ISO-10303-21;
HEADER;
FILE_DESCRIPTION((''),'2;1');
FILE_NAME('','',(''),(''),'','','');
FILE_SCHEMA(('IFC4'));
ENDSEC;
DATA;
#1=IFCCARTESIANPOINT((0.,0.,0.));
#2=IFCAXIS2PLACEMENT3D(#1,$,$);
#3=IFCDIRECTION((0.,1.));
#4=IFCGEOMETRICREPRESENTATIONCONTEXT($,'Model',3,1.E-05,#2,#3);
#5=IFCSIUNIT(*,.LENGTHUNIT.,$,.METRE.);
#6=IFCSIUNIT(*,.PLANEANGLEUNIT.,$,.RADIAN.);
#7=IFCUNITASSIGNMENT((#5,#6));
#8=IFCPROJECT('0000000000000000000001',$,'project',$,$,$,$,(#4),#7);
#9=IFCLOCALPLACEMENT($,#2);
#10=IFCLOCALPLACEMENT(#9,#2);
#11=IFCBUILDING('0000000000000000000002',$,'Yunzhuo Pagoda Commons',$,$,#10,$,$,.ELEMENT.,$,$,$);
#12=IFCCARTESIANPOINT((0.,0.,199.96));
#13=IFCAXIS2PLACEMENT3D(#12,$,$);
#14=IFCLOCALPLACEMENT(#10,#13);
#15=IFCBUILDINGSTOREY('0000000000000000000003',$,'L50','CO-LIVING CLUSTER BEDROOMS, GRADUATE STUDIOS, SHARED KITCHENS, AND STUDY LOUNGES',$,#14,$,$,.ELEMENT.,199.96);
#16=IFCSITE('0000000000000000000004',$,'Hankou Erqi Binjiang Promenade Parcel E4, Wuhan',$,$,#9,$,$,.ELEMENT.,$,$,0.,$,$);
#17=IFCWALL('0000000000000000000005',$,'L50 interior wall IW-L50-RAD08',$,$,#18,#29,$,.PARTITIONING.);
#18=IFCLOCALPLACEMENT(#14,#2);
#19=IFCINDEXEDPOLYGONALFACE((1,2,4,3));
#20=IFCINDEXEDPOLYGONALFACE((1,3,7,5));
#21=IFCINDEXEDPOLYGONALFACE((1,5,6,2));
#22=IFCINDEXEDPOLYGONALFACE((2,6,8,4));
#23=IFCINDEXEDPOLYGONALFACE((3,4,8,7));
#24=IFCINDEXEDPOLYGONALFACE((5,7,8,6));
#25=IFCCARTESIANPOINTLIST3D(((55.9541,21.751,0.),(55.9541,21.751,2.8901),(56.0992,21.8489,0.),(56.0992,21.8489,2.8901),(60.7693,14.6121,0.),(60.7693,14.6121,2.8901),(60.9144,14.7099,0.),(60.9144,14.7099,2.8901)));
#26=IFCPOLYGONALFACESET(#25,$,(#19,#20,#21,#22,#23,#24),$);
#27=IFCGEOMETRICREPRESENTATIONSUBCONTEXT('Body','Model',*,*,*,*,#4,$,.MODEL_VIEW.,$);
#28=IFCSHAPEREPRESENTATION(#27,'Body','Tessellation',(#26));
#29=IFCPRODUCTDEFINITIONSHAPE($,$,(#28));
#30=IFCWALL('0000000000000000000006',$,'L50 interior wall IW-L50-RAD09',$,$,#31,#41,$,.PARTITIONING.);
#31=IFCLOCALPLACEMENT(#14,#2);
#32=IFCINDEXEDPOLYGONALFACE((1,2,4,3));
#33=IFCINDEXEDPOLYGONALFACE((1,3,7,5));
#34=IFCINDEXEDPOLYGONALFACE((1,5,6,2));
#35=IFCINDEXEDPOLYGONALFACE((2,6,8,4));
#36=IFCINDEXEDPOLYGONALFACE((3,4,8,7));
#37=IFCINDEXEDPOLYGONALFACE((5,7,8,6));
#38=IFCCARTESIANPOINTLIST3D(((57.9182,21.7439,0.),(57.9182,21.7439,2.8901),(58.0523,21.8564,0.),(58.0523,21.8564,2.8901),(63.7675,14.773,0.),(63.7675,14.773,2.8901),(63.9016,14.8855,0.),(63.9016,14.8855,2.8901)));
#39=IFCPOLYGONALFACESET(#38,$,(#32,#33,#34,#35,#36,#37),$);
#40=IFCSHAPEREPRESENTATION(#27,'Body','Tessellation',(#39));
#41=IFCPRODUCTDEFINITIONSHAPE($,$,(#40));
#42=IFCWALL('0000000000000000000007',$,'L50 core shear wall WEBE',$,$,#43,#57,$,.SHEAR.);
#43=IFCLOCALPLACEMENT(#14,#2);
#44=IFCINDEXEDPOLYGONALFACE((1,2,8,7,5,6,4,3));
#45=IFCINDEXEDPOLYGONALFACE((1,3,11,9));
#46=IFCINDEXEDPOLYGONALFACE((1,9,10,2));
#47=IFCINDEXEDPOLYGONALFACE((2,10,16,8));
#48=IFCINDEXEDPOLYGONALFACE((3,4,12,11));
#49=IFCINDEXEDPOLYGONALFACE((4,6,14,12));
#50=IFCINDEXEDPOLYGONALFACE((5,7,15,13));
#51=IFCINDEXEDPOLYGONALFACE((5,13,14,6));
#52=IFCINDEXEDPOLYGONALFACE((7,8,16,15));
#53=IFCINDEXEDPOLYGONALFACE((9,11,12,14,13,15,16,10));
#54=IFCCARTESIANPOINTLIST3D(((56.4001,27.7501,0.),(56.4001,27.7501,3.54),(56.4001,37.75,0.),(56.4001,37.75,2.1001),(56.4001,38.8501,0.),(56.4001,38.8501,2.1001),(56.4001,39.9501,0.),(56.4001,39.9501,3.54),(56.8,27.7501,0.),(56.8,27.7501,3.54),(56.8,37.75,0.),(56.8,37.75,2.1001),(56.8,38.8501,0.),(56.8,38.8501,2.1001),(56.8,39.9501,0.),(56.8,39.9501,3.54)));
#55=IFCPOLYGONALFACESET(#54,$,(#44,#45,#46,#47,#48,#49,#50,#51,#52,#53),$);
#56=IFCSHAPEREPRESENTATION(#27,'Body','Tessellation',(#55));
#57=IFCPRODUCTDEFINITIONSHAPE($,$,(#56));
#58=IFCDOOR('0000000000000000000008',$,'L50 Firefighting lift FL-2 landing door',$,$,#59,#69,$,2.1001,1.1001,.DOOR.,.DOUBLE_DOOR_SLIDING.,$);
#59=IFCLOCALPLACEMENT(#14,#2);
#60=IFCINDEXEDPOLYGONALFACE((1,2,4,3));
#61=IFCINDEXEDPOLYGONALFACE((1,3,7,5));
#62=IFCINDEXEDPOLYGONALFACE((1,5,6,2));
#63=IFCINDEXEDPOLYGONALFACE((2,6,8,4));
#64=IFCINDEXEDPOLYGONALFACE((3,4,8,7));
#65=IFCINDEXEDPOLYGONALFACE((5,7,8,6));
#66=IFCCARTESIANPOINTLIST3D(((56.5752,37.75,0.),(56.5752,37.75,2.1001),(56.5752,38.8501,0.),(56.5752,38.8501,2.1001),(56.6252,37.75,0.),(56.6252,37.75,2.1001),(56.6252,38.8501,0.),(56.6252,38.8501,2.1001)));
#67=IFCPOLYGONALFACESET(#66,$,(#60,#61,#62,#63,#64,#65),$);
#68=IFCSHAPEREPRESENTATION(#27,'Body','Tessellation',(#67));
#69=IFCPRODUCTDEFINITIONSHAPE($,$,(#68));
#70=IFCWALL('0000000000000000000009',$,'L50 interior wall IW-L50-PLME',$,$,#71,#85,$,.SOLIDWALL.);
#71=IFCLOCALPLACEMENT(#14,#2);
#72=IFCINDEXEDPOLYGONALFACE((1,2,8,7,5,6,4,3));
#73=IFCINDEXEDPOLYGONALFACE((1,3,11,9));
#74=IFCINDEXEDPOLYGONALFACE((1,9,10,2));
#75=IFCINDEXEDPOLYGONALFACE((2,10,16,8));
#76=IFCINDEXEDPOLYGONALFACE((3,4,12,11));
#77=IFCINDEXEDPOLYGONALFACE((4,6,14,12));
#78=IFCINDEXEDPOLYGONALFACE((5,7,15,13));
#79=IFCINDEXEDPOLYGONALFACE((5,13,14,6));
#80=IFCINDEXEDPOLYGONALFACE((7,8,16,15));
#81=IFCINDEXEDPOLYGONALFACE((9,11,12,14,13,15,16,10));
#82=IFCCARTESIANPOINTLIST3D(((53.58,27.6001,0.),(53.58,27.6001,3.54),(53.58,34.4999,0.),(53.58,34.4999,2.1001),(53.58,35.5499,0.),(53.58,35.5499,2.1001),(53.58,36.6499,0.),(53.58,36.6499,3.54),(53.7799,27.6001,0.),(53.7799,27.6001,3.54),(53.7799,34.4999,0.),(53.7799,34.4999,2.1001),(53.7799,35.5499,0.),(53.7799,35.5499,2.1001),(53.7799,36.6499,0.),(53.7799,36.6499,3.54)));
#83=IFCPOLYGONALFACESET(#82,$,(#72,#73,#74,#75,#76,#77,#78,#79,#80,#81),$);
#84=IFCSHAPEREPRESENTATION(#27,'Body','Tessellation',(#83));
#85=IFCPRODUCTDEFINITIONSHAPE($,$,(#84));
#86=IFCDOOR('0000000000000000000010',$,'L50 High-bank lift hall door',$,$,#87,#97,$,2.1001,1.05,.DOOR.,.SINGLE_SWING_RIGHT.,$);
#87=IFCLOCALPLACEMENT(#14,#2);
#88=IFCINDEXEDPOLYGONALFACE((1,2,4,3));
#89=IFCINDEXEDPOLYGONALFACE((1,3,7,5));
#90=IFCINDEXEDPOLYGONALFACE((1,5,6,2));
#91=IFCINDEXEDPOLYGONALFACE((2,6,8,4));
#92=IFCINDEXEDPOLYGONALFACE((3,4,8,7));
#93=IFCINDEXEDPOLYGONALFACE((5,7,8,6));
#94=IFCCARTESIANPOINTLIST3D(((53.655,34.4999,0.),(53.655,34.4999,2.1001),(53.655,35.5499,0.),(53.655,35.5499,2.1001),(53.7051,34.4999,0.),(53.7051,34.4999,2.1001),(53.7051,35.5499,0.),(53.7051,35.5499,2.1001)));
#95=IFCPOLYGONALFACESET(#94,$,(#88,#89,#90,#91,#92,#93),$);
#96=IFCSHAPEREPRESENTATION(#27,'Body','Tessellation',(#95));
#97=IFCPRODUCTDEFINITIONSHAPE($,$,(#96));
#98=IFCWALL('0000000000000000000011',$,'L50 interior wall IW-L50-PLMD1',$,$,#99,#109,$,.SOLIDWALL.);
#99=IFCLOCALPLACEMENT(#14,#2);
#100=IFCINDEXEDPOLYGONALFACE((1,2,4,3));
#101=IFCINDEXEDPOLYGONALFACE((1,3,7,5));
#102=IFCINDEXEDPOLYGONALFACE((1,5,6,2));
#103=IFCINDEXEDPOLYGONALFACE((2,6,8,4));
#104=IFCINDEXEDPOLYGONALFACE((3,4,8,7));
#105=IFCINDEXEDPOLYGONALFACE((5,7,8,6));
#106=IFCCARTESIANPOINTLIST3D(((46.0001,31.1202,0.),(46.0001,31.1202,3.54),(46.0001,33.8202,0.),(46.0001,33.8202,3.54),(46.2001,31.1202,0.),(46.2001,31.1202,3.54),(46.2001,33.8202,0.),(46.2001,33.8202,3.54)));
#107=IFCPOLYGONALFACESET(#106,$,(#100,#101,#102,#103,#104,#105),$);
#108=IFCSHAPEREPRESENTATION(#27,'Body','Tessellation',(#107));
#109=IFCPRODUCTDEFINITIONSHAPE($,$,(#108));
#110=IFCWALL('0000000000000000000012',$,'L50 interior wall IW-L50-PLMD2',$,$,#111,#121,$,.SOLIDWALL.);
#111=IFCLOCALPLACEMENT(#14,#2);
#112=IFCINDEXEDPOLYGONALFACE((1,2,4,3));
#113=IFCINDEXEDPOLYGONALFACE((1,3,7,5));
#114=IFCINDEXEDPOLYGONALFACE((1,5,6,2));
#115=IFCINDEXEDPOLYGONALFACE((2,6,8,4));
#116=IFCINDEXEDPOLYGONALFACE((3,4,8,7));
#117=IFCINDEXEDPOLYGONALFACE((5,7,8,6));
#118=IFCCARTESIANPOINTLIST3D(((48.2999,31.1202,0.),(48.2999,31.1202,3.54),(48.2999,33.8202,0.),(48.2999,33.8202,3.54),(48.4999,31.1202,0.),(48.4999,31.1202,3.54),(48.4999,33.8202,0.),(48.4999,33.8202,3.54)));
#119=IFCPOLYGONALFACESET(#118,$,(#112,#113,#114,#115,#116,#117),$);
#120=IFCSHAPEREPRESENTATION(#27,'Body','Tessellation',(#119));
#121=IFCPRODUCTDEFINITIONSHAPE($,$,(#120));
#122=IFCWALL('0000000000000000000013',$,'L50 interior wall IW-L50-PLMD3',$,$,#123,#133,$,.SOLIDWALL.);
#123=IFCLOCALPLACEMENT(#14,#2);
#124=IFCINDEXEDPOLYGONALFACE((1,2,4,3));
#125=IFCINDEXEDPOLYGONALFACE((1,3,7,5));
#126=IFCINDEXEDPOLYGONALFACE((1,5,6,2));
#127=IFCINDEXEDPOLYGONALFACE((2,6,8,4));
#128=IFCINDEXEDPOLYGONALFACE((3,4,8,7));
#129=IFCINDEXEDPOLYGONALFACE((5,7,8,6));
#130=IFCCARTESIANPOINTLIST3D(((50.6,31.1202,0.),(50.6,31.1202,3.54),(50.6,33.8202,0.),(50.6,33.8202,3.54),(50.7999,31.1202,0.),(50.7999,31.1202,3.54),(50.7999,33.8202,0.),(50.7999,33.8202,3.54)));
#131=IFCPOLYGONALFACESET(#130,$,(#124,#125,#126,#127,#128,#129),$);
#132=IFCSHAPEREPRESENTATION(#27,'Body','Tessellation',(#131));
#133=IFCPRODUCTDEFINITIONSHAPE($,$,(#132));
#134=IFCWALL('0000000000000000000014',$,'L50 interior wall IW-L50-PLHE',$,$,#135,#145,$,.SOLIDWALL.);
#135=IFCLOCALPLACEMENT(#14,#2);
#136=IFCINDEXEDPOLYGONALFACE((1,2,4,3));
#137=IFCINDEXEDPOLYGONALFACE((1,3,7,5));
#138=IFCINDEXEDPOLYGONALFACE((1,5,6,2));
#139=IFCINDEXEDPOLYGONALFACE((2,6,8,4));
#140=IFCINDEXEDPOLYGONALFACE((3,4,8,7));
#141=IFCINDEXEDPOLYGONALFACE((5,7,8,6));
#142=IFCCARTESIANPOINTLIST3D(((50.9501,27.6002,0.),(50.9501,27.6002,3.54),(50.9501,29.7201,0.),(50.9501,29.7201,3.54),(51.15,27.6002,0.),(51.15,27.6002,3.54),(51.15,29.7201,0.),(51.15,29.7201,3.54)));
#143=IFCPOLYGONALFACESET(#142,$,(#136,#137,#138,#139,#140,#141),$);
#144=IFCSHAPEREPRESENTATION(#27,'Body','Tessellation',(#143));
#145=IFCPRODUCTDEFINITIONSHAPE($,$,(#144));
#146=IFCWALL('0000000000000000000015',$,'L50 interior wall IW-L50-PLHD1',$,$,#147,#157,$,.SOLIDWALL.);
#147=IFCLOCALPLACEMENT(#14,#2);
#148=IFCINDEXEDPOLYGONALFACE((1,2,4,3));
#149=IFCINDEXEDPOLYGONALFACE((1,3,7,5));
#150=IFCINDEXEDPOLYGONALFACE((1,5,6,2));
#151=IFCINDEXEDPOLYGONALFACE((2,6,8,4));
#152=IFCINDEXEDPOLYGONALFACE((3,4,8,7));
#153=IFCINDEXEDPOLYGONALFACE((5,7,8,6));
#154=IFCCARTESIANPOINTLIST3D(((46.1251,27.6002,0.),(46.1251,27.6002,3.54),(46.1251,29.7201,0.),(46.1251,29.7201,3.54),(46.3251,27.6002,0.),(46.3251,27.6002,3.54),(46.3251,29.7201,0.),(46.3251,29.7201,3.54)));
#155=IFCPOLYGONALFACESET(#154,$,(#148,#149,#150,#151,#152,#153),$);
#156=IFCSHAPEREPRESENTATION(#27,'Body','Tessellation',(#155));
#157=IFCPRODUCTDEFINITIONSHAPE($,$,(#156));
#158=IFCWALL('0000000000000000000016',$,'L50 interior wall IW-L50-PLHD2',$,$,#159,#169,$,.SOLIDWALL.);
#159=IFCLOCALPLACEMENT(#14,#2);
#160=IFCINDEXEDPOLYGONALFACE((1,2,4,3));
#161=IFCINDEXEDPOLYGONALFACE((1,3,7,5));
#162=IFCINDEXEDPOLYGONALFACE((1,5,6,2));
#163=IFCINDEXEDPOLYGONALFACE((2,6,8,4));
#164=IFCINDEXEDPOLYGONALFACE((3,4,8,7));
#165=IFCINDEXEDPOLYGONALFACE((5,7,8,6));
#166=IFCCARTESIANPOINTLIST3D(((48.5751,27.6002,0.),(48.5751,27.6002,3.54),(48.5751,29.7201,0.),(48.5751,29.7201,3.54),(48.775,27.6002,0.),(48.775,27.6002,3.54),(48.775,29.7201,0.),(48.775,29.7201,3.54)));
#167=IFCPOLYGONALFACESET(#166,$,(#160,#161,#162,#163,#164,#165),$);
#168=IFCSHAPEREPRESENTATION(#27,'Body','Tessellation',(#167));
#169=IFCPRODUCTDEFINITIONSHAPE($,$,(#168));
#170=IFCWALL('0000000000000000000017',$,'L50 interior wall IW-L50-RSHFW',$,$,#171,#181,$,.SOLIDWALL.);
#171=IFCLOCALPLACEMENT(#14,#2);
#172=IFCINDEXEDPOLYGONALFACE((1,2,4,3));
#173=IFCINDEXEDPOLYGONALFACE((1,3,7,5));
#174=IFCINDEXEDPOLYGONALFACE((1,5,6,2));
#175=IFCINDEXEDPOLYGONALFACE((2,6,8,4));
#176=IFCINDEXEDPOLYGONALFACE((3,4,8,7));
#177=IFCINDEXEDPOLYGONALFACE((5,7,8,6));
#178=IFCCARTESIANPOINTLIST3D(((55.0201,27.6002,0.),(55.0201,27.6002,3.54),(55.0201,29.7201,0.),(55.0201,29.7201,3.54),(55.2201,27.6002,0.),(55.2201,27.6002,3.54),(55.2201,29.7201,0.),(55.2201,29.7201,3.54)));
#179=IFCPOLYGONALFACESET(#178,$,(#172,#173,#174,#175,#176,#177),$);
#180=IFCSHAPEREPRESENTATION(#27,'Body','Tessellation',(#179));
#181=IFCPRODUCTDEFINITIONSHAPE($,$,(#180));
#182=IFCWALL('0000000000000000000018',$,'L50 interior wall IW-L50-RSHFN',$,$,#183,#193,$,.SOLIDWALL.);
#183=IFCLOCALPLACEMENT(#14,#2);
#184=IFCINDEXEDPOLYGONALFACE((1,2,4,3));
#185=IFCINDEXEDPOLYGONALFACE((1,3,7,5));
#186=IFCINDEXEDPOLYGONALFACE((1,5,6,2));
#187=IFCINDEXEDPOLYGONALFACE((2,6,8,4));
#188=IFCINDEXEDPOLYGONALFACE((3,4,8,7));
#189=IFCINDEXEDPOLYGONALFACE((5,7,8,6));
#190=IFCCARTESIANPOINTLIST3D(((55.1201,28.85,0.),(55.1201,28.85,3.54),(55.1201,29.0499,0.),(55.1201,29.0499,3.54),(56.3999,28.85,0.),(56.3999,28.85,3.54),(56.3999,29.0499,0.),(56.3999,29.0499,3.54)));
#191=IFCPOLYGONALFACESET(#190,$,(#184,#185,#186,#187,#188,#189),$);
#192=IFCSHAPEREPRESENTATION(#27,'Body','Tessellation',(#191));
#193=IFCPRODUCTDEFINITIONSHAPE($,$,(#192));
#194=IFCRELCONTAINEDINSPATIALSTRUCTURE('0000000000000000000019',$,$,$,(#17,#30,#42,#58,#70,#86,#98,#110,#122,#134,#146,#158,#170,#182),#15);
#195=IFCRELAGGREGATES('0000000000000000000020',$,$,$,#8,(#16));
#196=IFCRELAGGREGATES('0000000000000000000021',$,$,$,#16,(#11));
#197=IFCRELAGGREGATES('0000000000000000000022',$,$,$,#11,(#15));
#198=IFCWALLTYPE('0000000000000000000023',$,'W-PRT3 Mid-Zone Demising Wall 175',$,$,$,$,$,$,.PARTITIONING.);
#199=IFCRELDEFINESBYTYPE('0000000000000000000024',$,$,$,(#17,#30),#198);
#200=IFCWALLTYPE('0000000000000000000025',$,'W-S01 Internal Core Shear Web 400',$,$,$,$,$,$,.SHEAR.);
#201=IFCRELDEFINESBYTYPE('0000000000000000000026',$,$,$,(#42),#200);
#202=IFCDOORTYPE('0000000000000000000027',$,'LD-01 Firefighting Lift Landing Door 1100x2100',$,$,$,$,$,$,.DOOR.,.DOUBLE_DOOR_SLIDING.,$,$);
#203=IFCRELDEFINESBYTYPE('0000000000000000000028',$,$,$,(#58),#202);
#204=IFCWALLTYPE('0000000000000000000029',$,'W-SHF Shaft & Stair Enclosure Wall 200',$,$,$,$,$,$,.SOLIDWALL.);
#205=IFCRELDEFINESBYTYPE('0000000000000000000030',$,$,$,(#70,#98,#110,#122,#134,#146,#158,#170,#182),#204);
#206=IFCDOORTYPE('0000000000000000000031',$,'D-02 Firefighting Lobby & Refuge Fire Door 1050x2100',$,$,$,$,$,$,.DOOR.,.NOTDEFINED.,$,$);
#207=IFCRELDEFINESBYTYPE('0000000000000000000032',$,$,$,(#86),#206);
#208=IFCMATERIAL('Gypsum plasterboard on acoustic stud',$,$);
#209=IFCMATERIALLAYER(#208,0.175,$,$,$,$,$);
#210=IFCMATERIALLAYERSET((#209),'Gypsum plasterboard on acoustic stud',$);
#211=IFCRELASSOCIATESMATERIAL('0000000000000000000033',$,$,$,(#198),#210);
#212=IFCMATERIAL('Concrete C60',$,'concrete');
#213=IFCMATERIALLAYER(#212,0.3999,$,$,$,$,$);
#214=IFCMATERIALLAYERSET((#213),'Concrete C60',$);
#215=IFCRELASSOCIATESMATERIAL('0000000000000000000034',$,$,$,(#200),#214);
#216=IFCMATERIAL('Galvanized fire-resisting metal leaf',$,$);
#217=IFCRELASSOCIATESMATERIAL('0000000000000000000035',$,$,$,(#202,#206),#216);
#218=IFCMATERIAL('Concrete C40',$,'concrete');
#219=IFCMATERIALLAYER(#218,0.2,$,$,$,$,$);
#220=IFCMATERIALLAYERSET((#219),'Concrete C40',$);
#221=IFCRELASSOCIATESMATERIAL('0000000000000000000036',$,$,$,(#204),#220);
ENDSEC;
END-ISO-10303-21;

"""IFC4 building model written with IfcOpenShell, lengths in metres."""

from ifc_helpers import new_model, si_unit, direction, frame, frame_2d, origin, origin_with_axes, place, context, subcontext, project, spatial, rectangle, extrude, source, transform, mapped, material, layer, layer_set, type_object, element, fill, save


model = new_model("IFC4")

# Units and contexts
model_context = context("Model", 3, precision=1e-05, world=origin(), true_north=direction((0.0, 1.0)))
body_context = subcontext(model_context, "Body", "Model", "MODEL_VIEW")
ifc_project = project(units=[si_unit("LENGTHUNIT", "METRE"), si_unit("PLANEANGLEUNIT", "RADIAN")], contexts=[model_context])

# Site, building, storey
site_placement = place(None, origin())
site = spatial("IfcSite", under=ifc_project, at=site_placement, Name="Hankou Erqi Binjiang Promenade Parcel E4, Wuhan", CompositionType="ELEMENT", RefElevation=0.0)
building_placement = place(site_placement, origin())
building = spatial("IfcBuilding", under=site, at=building_placement, Name="Yunzhuo Pagoda Commons", CompositionType="ELEMENT")
storey_placement = place(building_placement, frame((0.0, 0.0, 199.96)))
storey = spatial("IfcBuildingStorey", under=building, at=storey_placement, Name="L50", Description="CO-LIVING CLUSTER BEDROOMS, GRADUATE STUDIOS, SHARED KITCHENS, AND STUDY LOUNGES", CompositionType="ELEMENT", Elevation=199.96)

# Shared definitions
ifc_material_1 = material(Name="Gypsum plasterboard on acoustic stud")
ifc_material_2 = material(Name="Galvanized fire-resisting metal leaf")

# Walls
ifc_layer_1 = layer(ifc_material_1, 0.175)
ifc_layer_set_1 = layer_set([ifc_layer_1], Name="Gypsum plasterboard on acoustic stud")
wall_type_1 = type_object("IfcWallType", Name="W-PRT3 Mid-Zone Demising Wall 175", PredefinedType="PARTITIONING", material=ifc_layer_set_1)
wall_1_placement = place(storey_placement, frame((56.0266, 21.8, 0.0), z_axis=(0.0, 0.0, 1.0), x_axis=(0.559187, -0.829042, 0.0)))
element("IfcWall", 1, at=wall_1_placement, inside=storey, type_object=wall_type_1, Name="L50 interior wall IW-L50-RAD08", PredefinedType="PARTITIONING", context=body_context, shape_type="SweptSolid", body=[
    extrude(rectangle(XDim=8.6111, YDim=0.175, at=frame_2d((4.3057, 0.0))), origin(), (0.0, 0.0, 1.0), 2.8901),
])
wall_2_placement = place(storey_placement, frame((57.9854, 21.8, 0.0), z_axis=(0.0, 0.0, 1.0), x_axis=(0.642791, -0.766042, 0.0)))
element("IfcWall", 2, at=wall_2_placement, inside=storey, type_object=wall_type_1, Name="L50 interior wall IW-L50-RAD09", PredefinedType="PARTITIONING", context=body_context, shape_type="SweptSolid", body=[
    extrude(rectangle(XDim=9.0999, YDim=0.175, at=frame_2d((4.5498, 0.0))), origin(), (0.0, 0.0, 1.0), 2.8901),
])

# Walls, openings, doors
ifc_material_3 = material(Name="Concrete C60", Category="concrete")
ifc_layer_2 = layer(ifc_material_3, 0.3999)
ifc_layer_set_2 = layer_set([ifc_layer_2], Name="Concrete C60")
wall_type_2 = type_object("IfcWallType", Name="W-S01 Internal Core Shear Web 400", PredefinedType="SHEAR", material=ifc_layer_set_2)
wall_3_placement = place(storey_placement, frame((56.6001, 27.75, 0.0), z_axis=(0.0, 0.0, 1.0), x_axis=(0.0, 1.0, 0.0)))
wall_3 = element("IfcWall", 3, at=wall_3_placement, inside=storey, type_object=wall_type_2, Name="L50 core shear wall WEBE", PredefinedType="SHEAR", context=body_context, shape_type="SweptSolid", body=[
    extrude(rectangle(XDim=12.2, YDim=0.3999, at=frame_2d((6.1001, 0.0))), origin(), (0.0, 0.0, 1.0), 3.54),
])
opening_1_placement = place(wall_3_placement, frame((10.0, 0.0, 0.0)))
opening_1 = element("IfcOpeningElement", 4, at=opening_1_placement, cuts=wall_3, PredefinedType="OPENING", context=body_context, shape_type="SweptSolid", body=[
    extrude(rectangle(XDim=1.1001, YDim=2.1001, at=frame_2d((0.55, 1.05))), frame((0.0, 0.21, 0.0), z_axis=(0.0, -1.0, 0.0), x_axis=(1.0, 0.0, 0.0)), (0.0, 0.0, 1.0), 0.4199),
])
door_type_1 = type_object("IfcDoorType", Name="LD-01 Firefighting Lift Landing Door 1100x2100", OperationType="DOUBLE_DOOR_SLIDING", PredefinedType="DOOR", material=ifc_material_2)
shared_shape_1 = source(origin(), body_context, "Body", "SweptSolid", [
    extrude(rectangle(XDim=1.1001, YDim=2.1001, at=frame_2d((0.55, 1.05))), frame((0.0, 0.0249, 0.0), z_axis=(0.0, -1.0, 0.0), x_axis=(1.0, 0.0, 0.0)), (0.0, 0.0, 1.0), 0.05),
])
door_1_placement = place(opening_1_placement, origin_with_axes())
door_1 = element("IfcDoor", 5, at=door_1_placement, inside=storey, type_object=door_type_1, Name="L50 Firefighting lift FL-2 landing door", OperationType="DOUBLE_DOOR_SLIDING", OverallHeight=2.1001, OverallWidth=1.1001, PredefinedType="DOOR", context=body_context, shape_type="MappedRepresentation", body=[
    mapped(shared_shape_1, transform((0.0, 0.0, 0.0), scale=1.0)),
])
fill(opening_1, door_1)
ifc_material_4 = material(Name="Concrete C40", Category="concrete")
ifc_layer_3 = layer(ifc_material_4, 0.2)
ifc_layer_set_3 = layer_set([ifc_layer_3], Name="Concrete C40")
wall_type_3 = type_object("IfcWallType", Name="W-SHF Shaft & Stair Enclosure Wall 200", PredefinedType="SOLIDWALL", material=ifc_layer_set_3)
wall_4_placement = place(storey_placement, frame((53.6799, 27.6001, 0.0), z_axis=(0.0, 0.0, 1.0), x_axis=(0.0, 1.0, 0.0)))
wall_4 = element("IfcWall", 6, at=wall_4_placement, inside=storey, type_object=wall_type_3, Name="L50 interior wall IW-L50-PLME", PredefinedType="SOLIDWALL", context=body_context, shape_type="SweptSolid", body=[
    extrude(rectangle(XDim=9.0498, YDim=0.2, at=frame_2d((4.5249, 0.0))), origin(), (0.0, 0.0, 1.0), 3.54),
])
opening_2_placement = place(wall_4_placement, frame((6.8999, 0.0, 0.0)))
opening_2 = element("IfcOpeningElement", 7, at=opening_2_placement, cuts=wall_4, PredefinedType="OPENING", context=body_context, shape_type="SweptSolid", body=[
    extrude(rectangle(XDim=1.05, YDim=2.1001, at=frame_2d((0.5249, 1.05))), frame((0.0, 0.1099, 0.0), z_axis=(0.0, -1.0, 0.0), x_axis=(1.0, 0.0, 0.0)), (0.0, 0.0, 1.0), 0.22),
])
door_type_2 = type_object("IfcDoorType", Name="D-02 Firefighting Lobby & Refuge Fire Door 1050x2100", OperationType="NOTDEFINED", PredefinedType="DOOR", material=ifc_material_2)
shared_shape_2 = source(origin(), body_context, "Body", "SweptSolid", [
    extrude(rectangle(XDim=1.05, YDim=2.1001, at=frame_2d((0.5249, 1.05))), frame((0.0, 0.0249, 0.0), z_axis=(0.0, -1.0, 0.0), x_axis=(1.0, 0.0, 0.0)), (0.0, 0.0, 1.0), 0.05),
])
door_2_placement = place(opening_2_placement, origin_with_axes())
door_2 = element("IfcDoor", 8, at=door_2_placement, inside=storey, type_object=door_type_2, Name="L50 High-bank lift hall door", OperationType="SINGLE_SWING_RIGHT", OverallHeight=2.1001, OverallWidth=1.05, PredefinedType="DOOR", context=body_context, shape_type="MappedRepresentation", body=[
    mapped(shared_shape_2, transform((0.0, 0.0, 0.0), scale=1.0)),
])
fill(opening_2, door_2)

# Walls
for number, where, z_axis, x_axis, name in (
    (9, (46.1001, 31.1201, 0.0), (0.0, 0.0, 1.0), (0.0, 1.0, 0.0), "L50 interior wall IW-L50-PLMD1"),
    (10, (48.3999, 31.1201, 0.0), (0.0, 0.0, 1.0), (0.0, 1.0, 0.0), "L50 interior wall IW-L50-PLMD2"),
    (11, (50.7, 31.1201, 0.0), (0.0, 0.0, 1.0), (0.0, 1.0, 0.0), "L50 interior wall IW-L50-PLMD3"),
):
    element("IfcWall", number, at=place(storey_placement, frame(where, z_axis=z_axis, x_axis=x_axis)), inside=storey, type_object=wall_type_3, Name=name, PredefinedType="SOLIDWALL", context=body_context, shape_type="SweptSolid", body=[
        extrude(rectangle(XDim=2.7, YDim=0.2, at=frame_2d((1.3501, 0.0))), origin(), (0.0, 0.0, 1.0), 3.54),
    ])
for number, where, z_axis, x_axis, name in (
    (12, (51.05, 27.6001, 0.0), (0.0, 0.0, 1.0), (0.0, 1.0, 0.0), "L50 interior wall IW-L50-PLHE"),
    (13, (46.2251, 27.6001, 0.0), (0.0, 0.0, 1.0), (0.0, 1.0, 0.0), "L50 interior wall IW-L50-PLHD1"),
    (14, (48.675, 27.6001, 0.0), (0.0, 0.0, 1.0), (0.0, 1.0, 0.0), "L50 interior wall IW-L50-PLHD2"),
    (15, (55.1201, 27.6001, 0.0), (0.0, 0.0, 1.0), (0.0, 1.0, 0.0), "L50 interior wall IW-L50-RSHFW"),
):
    element("IfcWall", number, at=place(storey_placement, frame(where, z_axis=z_axis, x_axis=x_axis)), inside=storey, type_object=wall_type_3, Name=name, PredefinedType="SOLIDWALL", context=body_context, shape_type="SweptSolid", body=[
        extrude(rectangle(XDim=2.1199, YDim=0.2, at=frame_2d((1.0601, 0.0))), origin(), (0.0, 0.0, 1.0), 3.54),
    ])
wall_5_placement = place(storey_placement, frame((55.1201, 28.95, 0.0), z_axis=(0.0, 0.0, 1.0), x_axis=(1.0, 0.0, 0.0)))
element("IfcWall", 16, at=wall_5_placement, inside=storey, type_object=wall_type_3, Name="L50 interior wall IW-L50-RSHFN", PredefinedType="SOLIDWALL", context=body_context, shape_type="SweptSolid", body=[
    extrude(rectangle(XDim=1.2798, YDim=0.2, at=frame_2d((0.6399, 0.0))), origin(), (0.0, 0.0, 1.0), 3.54),
])

save(model, "model.ifc")
